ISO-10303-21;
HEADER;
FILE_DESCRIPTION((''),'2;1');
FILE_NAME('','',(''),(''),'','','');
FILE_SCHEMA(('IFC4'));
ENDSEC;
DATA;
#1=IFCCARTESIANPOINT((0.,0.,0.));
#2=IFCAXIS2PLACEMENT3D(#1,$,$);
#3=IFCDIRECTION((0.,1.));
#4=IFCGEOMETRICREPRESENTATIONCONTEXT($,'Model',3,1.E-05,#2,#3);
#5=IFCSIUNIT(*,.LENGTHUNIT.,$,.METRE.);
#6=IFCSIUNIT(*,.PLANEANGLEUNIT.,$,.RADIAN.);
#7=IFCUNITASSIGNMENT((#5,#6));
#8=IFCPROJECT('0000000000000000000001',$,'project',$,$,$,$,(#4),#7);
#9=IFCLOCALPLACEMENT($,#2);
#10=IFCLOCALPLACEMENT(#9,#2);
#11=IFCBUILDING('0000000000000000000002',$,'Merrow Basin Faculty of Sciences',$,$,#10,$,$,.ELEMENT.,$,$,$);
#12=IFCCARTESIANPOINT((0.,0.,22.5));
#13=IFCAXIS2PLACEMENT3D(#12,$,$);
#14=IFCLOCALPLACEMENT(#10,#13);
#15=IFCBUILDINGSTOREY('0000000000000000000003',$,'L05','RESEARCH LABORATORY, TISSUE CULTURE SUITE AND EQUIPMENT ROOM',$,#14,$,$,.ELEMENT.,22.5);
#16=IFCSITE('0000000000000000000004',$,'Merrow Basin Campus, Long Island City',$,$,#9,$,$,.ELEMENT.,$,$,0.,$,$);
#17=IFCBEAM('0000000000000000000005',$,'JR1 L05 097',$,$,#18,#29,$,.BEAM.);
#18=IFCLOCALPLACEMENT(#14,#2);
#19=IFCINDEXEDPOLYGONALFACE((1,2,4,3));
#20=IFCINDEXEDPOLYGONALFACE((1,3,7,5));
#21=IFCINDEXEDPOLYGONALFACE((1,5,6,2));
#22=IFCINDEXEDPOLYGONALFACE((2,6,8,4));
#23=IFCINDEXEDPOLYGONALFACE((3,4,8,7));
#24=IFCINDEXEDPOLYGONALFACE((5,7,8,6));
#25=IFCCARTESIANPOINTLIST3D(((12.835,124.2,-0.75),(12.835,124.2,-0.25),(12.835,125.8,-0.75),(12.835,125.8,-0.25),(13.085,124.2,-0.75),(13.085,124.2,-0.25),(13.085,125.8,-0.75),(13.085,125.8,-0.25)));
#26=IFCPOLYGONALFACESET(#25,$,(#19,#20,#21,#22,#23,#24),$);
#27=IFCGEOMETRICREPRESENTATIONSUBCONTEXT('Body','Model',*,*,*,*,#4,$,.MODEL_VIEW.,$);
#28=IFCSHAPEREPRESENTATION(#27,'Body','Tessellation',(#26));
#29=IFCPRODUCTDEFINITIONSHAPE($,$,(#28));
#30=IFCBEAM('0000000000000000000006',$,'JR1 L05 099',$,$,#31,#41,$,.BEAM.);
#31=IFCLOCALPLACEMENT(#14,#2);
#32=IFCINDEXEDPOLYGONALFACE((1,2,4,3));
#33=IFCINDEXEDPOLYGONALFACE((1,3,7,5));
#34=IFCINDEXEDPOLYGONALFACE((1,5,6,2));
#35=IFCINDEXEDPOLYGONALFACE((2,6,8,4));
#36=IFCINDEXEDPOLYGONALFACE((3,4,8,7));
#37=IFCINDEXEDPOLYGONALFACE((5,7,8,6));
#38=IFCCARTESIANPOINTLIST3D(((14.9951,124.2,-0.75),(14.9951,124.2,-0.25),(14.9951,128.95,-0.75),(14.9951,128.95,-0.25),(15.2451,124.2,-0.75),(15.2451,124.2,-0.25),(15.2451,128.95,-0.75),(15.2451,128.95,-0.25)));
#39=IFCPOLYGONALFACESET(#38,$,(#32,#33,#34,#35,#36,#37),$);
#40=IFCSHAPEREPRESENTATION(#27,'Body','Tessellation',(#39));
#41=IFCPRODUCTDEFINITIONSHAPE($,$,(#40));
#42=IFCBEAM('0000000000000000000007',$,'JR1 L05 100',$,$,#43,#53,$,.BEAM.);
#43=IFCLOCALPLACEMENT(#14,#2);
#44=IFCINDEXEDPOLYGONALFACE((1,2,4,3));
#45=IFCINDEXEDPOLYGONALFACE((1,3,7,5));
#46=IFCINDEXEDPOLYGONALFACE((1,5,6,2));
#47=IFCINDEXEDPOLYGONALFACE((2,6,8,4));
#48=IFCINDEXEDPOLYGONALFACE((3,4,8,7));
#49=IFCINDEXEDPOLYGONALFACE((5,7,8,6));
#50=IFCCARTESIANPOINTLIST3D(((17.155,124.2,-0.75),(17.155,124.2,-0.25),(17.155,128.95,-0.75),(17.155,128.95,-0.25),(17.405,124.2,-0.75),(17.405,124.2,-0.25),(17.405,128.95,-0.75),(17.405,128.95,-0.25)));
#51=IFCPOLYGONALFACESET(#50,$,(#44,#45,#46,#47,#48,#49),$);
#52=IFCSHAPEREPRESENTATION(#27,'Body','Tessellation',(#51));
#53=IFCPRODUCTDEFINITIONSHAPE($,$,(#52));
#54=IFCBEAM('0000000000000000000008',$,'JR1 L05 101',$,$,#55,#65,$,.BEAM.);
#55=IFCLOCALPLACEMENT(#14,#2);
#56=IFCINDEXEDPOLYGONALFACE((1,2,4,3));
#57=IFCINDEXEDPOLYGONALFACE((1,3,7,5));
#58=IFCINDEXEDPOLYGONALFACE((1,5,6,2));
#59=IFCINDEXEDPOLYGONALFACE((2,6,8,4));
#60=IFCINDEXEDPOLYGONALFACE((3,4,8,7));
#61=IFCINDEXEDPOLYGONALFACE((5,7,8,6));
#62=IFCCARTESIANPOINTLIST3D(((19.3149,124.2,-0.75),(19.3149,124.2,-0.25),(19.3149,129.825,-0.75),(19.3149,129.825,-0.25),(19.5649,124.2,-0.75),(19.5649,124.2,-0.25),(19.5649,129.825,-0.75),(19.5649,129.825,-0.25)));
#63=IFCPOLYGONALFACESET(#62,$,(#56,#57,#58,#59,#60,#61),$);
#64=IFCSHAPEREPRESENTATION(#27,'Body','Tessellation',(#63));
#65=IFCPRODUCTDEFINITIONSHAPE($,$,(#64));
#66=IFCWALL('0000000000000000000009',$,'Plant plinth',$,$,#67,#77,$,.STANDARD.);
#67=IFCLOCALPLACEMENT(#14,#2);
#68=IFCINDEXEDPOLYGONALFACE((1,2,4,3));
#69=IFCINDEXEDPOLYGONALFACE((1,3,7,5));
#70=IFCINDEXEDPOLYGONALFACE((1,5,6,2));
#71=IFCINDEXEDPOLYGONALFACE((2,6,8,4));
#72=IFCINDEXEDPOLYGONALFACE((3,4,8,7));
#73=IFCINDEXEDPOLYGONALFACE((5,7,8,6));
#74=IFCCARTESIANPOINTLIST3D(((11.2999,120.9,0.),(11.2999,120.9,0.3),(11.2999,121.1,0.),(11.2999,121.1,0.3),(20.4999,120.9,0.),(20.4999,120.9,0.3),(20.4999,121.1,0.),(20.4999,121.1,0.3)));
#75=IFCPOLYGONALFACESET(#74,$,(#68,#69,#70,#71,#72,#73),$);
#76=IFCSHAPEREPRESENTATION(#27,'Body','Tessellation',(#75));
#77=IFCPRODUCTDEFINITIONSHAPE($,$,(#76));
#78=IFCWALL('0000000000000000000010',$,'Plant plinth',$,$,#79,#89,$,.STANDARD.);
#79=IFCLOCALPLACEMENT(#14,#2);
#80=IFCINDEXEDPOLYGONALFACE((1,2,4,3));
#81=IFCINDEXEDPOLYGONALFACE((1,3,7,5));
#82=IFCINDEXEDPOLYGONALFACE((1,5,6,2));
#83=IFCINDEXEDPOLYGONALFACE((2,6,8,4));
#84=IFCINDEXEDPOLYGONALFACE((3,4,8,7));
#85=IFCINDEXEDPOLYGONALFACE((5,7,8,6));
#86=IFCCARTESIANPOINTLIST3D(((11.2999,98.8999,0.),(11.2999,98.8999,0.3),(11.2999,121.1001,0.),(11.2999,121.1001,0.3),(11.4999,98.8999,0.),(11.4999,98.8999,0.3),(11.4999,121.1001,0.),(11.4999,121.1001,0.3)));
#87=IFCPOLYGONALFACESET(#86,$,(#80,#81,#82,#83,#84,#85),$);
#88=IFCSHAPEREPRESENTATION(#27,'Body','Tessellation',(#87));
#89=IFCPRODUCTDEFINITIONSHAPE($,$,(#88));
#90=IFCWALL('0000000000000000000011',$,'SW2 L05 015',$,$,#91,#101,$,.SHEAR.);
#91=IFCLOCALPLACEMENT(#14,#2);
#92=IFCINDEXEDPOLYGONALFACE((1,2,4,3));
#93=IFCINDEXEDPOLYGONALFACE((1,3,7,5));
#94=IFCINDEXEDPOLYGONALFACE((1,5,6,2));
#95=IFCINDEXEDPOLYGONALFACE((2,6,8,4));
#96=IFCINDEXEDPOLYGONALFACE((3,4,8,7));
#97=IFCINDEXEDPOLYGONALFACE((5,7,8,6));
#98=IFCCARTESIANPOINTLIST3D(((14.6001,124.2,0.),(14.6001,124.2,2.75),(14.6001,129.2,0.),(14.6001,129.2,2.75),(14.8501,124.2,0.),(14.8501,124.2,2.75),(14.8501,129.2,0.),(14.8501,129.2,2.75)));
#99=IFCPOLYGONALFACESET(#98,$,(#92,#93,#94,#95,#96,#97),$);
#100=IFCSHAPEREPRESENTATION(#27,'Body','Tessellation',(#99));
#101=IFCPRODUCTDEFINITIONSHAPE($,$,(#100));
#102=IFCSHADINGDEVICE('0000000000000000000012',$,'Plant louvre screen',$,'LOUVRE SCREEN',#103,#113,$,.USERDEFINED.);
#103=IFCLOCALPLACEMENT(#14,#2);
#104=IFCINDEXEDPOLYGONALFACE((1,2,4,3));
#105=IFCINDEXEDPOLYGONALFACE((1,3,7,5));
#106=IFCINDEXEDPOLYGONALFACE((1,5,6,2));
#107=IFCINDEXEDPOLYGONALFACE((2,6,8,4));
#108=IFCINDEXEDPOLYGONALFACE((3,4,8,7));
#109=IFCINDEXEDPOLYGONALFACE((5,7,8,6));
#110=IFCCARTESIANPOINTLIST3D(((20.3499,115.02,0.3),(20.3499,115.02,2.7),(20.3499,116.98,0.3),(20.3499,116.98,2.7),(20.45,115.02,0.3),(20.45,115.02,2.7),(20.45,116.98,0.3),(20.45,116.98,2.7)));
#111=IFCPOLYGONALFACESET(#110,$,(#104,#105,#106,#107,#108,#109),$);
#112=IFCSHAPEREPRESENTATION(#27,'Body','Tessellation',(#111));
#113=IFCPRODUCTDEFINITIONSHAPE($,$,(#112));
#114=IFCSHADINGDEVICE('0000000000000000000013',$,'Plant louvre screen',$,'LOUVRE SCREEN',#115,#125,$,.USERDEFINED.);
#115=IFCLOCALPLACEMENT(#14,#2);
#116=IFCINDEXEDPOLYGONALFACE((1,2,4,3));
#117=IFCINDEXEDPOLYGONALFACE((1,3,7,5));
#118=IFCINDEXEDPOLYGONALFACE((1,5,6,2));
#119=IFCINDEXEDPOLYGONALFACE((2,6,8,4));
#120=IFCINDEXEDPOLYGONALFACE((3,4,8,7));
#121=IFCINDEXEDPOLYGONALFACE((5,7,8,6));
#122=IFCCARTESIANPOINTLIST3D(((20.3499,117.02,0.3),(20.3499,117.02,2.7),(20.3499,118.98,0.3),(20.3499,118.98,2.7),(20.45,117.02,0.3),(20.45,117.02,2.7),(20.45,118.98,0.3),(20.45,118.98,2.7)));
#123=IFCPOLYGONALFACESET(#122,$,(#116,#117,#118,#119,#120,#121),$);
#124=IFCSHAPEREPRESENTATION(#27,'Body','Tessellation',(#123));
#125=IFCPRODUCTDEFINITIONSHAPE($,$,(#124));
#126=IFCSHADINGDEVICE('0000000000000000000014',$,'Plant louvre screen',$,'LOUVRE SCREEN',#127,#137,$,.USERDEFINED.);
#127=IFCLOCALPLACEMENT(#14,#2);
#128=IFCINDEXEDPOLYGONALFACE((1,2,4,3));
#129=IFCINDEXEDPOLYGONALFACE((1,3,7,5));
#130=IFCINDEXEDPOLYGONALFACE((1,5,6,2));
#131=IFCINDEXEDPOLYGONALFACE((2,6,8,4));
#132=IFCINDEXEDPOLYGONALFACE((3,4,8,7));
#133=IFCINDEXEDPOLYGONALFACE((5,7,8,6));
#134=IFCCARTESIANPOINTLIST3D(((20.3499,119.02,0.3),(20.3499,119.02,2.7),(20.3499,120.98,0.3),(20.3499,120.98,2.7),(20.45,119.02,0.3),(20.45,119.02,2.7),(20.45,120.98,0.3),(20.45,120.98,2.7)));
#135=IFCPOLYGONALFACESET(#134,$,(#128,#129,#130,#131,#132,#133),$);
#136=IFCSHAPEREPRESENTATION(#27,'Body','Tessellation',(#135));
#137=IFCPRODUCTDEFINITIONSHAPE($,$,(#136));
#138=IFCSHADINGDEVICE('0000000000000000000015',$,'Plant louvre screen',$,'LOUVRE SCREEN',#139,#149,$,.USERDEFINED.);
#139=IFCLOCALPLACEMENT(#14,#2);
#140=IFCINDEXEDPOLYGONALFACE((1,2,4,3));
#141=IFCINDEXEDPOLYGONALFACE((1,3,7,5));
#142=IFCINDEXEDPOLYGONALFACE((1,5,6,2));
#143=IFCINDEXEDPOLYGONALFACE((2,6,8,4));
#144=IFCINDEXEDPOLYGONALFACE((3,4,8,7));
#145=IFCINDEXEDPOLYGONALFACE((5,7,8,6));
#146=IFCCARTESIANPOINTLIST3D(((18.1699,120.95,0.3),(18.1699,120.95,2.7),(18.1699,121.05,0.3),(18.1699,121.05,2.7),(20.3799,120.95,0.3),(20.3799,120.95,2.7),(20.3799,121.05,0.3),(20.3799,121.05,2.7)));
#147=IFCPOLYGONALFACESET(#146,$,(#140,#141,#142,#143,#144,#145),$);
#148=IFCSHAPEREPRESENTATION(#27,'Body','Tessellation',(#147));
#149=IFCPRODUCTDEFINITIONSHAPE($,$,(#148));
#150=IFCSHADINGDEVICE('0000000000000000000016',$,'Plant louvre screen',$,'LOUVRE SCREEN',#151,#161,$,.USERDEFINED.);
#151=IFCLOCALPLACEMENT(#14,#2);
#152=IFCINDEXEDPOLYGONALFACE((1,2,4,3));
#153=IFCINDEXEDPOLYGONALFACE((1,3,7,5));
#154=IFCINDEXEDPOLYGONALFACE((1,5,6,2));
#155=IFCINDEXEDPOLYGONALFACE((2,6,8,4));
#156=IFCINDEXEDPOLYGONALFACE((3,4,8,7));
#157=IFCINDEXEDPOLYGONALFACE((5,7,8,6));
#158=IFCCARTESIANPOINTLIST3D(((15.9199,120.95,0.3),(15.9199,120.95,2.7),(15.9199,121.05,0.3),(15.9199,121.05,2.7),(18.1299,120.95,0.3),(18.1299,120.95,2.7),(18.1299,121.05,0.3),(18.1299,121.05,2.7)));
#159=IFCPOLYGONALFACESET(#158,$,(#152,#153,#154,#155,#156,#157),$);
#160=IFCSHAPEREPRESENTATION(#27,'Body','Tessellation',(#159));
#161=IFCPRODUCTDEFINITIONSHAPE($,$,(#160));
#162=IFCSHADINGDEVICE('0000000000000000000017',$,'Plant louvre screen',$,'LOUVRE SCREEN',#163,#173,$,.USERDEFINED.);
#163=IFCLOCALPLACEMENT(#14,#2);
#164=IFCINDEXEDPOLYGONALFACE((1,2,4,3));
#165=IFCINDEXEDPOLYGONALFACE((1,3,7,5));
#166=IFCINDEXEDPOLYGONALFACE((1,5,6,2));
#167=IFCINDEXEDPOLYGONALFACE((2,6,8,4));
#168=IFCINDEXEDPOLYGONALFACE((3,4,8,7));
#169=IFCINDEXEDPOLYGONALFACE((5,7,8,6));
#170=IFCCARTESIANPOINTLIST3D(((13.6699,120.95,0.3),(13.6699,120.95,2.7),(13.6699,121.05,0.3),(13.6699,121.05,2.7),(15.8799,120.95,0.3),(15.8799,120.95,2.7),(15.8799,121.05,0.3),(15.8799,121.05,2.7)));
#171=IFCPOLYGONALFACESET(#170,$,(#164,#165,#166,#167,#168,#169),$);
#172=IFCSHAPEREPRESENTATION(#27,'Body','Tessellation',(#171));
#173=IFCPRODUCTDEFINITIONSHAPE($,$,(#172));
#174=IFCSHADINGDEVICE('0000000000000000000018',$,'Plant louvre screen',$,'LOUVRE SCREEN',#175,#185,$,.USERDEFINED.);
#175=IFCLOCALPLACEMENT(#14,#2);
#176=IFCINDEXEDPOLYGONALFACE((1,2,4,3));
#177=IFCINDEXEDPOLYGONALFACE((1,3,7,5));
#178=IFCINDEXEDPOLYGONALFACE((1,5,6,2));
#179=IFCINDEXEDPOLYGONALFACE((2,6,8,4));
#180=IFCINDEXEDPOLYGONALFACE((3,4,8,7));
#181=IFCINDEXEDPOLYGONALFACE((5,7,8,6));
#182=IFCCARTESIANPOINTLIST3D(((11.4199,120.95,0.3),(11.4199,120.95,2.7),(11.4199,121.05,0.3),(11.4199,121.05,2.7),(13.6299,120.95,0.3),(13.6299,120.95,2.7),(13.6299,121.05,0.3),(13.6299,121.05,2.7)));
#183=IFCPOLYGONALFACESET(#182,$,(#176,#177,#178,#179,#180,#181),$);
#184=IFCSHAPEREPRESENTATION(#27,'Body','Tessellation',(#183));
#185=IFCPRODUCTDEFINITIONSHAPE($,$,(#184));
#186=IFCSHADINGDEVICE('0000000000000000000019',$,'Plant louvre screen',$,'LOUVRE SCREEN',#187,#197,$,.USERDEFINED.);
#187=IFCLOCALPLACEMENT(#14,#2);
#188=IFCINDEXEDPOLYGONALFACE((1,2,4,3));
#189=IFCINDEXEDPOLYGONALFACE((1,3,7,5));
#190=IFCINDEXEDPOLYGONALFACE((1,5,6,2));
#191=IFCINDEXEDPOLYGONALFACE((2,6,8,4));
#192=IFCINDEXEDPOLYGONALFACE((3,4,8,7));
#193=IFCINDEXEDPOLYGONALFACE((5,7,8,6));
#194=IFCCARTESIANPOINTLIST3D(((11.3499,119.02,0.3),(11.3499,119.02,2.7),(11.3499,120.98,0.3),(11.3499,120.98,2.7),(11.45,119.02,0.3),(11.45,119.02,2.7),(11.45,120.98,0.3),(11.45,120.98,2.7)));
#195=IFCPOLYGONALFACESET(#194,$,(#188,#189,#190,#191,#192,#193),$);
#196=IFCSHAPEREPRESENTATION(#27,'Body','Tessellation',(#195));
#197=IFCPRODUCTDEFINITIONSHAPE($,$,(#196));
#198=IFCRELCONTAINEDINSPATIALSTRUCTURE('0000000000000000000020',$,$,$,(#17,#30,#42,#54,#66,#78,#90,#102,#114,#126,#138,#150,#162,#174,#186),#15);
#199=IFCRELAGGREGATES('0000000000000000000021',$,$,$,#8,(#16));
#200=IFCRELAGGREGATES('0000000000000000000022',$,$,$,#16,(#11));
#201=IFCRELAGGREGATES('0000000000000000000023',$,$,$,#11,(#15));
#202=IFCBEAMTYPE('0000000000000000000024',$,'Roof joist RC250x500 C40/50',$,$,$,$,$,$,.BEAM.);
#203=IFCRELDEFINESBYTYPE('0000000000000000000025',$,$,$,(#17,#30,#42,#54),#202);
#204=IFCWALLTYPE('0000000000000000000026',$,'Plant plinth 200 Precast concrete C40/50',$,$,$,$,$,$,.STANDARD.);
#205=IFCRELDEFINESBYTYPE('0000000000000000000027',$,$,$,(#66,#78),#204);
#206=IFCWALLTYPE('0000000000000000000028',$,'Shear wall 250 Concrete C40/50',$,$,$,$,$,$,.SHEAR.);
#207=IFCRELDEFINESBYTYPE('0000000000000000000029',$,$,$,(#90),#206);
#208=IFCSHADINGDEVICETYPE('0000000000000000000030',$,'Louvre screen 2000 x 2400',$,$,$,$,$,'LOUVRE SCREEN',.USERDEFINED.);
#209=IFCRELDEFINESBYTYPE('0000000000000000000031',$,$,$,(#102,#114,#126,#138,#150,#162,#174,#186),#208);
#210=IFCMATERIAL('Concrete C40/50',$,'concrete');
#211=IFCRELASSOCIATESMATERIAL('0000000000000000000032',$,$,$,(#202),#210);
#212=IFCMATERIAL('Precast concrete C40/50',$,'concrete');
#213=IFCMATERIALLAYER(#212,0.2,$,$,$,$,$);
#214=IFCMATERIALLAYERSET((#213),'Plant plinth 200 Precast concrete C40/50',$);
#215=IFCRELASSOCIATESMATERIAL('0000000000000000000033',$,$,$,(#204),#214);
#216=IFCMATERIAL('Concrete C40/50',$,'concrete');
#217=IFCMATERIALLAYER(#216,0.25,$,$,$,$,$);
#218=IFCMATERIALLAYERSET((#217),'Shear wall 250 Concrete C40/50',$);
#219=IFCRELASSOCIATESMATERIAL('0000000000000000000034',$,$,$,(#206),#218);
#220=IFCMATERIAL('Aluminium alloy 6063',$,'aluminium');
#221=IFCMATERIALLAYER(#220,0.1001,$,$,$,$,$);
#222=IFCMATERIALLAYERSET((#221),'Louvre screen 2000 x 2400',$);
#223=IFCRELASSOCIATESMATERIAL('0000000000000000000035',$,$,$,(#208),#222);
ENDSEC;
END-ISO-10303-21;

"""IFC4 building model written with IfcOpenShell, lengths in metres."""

from ifc_helpers import new_model, si_unit, direction, frame, frame_2d, origin, origin_2d, place, context, subcontext, project, spatial, rectangle, extrude, material, layer, layer_set, material_profile, profile_set, type_object, element, save


model = new_model("IFC4")

# Units and contexts
model_context = context("Model", 3, precision=1e-05, world=origin(), true_north=direction((0.0, 1.0)))
body_context = subcontext(model_context, "Body", "Model", "MODEL_VIEW")
ifc_project = project(units=[si_unit("LENGTHUNIT", "METRE"), si_unit("PLANEANGLEUNIT", "RADIAN")], contexts=[model_context])

# Site, building, storey
site_placement = place(None, origin())
site = spatial("IfcSite", under=ifc_project, at=site_placement, Name="Merrow Basin Campus, Long Island City", CompositionType="ELEMENT", RefElevation=0.0)
building_placement = place(site_placement, origin())
building = spatial("IfcBuilding", under=site, at=building_placement, Name="Merrow Basin Faculty of Sciences", CompositionType="ELEMENT")
storey_placement = place(building_placement, frame((0.0, 0.0, 22.5)))
storey = spatial("IfcBuildingStorey", under=building, at=storey_placement, Name="L05", Description="RESEARCH LABORATORY, TISSUE CULTURE SUITE AND EQUIPMENT ROOM", CompositionType="ELEMENT", Elevation=22.5)

# Beams
ifc_material_1 = material(Name="Concrete C40/50", Category="concrete")
ifc_material_profile = material_profile(ifc_material_1, rectangle(XDim=0.25, YDim=0.5, at=origin_2d()))
ifc_profile_set = profile_set([ifc_material_profile], Name="Concrete C40/50")
beam_type = type_object("IfcBeamType", Name="Roof joist RC250x500 C40/50", PredefinedType="BEAM", material=ifc_profile_set)
beam_1_placement = place(storey_placement, frame((12.96, 124.2, -0.5), z_axis=(0.0, 1.0, 0.0), x_axis=(-1.0, 0.0, 0.0)))
element("IfcBeam", 1, at=beam_1_placement, inside=storey, type_object=beam_type, Name="JR1 L05 097", PredefinedType="BEAM", context=body_context, shape_type="SweptSolid", body=[
    extrude(rectangle(XDim=0.25, YDim=0.5, at=origin_2d()), origin(), (0.0, 0.0, 1.0), 1.6001),
])
for number, where, z_axis, x_axis, name in (
    (2, (15.1201, 124.2, -0.5), (0.0, 1.0, 0.0), (-1.0, 0.0, 0.0), "JR1 L05 099"),
    (3, (17.28, 124.2, -0.5), (0.0, 1.0, 0.0), (-1.0, 0.0, 0.0), "JR1 L05 100"),
):
    element("IfcBeam", number, at=place(storey_placement, frame(where, z_axis=z_axis, x_axis=x_axis)), inside=storey, type_object=beam_type, Name=name, PredefinedType="BEAM", context=body_context, shape_type="SweptSolid", body=[
        extrude(rectangle(XDim=0.25, YDim=0.5, at=origin_2d()), origin(), (0.0, 0.0, 1.0), 4.75),
    ])
beam_2_placement = place(storey_placement, frame((19.4399, 124.2, -0.5), z_axis=(0.0, 1.0, 0.0), x_axis=(-1.0, 0.0, 0.0)))
element("IfcBeam", 4, at=beam_2_placement, inside=storey, type_object=beam_type, Name="JR1 L05 101", PredefinedType="BEAM", context=body_context, shape_type="SweptSolid", body=[
    extrude(rectangle(XDim=0.25, YDim=0.5, at=origin_2d()), origin(), (0.0, 0.0, 1.0), 5.625),
])

# Walls
ifc_material_2 = material(Name="Precast concrete C40/50", Category="concrete")
ifc_layer_1 = layer(ifc_material_2, 0.2)
ifc_layer_set_1 = layer_set([ifc_layer_1], Name="Plant plinth 200 Precast concrete C40/50")
wall_type_1 = type_object("IfcWallType", Name="Plant plinth 200 Precast concrete C40/50", PredefinedType="STANDARD", material=ifc_layer_set_1)
wall_1_placement = place(storey_placement, frame((20.5, 121.0, 0.0), z_axis=(0.0, 0.0, 1.0), x_axis=(-1.0, 0.0, 0.0)))
element("IfcWall", 5, at=wall_1_placement, inside=storey, type_object=wall_type_1, Name="Plant plinth", PredefinedType="STANDARD", context=body_context, shape_type="SweptSolid", body=[
    extrude(rectangle(XDim=9.2, YDim=0.2, at=frame_2d((4.6001, 0.0))), origin(), (0.0, 0.0, 1.0), 0.3),
])
wall_2_placement = place(storey_placement, frame((11.3999, 121.1001, 0.0), z_axis=(0.0, 0.0, 1.0), x_axis=(0.0, -1.0, 0.0)))
element("IfcWall", 6, at=wall_2_placement, inside=storey, type_object=wall_type_1, Name="Plant plinth", PredefinedType="STANDARD", context=body_context, shape_type="SweptSolid", body=[
    extrude(rectangle(XDim=22.2002, YDim=0.2, at=frame_2d((11.1001, 0.0))), origin(), (0.0, 0.0, 1.0), 0.3),
])
ifc_material_3 = material(Name="Concrete C40/50", Category="concrete")
ifc_layer_2 = layer(ifc_material_3, 0.25)
ifc_layer_set_2 = layer_set([ifc_layer_2], Name="Shear wall 250 Concrete C40/50")
wall_type_2 = type_object("IfcWallType", Name="Shear wall 250 Concrete C40/50", PredefinedType="SHEAR", material=ifc_layer_set_2)
wall_3_placement = place(storey_placement, frame((14.7251, 124.2, 0.0), z_axis=(0.0, 0.0, 1.0), x_axis=(0.0, 1.0, 0.0)))
element("IfcWall", 7, at=wall_3_placement, inside=storey, type_object=wall_type_2, Name="SW2 L05 015", PredefinedType="SHEAR", context=body_context, shape_type="SweptSolid", body=[
    extrude(rectangle(XDim=5.0, YDim=0.25, at=frame_2d((2.5, 0.0))), origin(), (0.0, 0.0, 1.0), 2.75),
])

# Shading devices
ifc_material_4 = material(Name="Aluminium alloy 6063", Category="aluminium")
ifc_layer_3 = layer(ifc_material_4, 0.1001)
ifc_layer_set_3 = layer_set([ifc_layer_3], Name="Louvre screen 2000 x 2400")
shading_device_type = type_object("IfcShadingDeviceType", Name="Louvre screen 2000 x 2400", ElementType="LOUVRE SCREEN", PredefinedType="USERDEFINED", material=ifc_layer_set_3)
for number, where, z_axis, x_axis, name in (
    (8, (20.3999, 116.0, 0.3), (0.0, 0.0, 1.0), (0.0, 1.0, 0.0), "Plant louvre screen"),
    (9, (20.3999, 118.0, 0.3), (0.0, 0.0, 1.0), (0.0, 1.0, 0.0), "Plant louvre screen"),
    (10, (20.3999, 120.0, 0.3), (0.0, 0.0, 1.0), (0.0, 1.0, 0.0), "Plant louvre screen"),
):
    element("IfcShadingDevice", number, at=place(storey_placement, frame(where, z_axis=z_axis, x_axis=x_axis)), inside=storey, type_object=shading_device_type, Name=name, ObjectType="LOUVRE SCREEN", PredefinedType="USERDEFINED", context=body_context, shape_type="SweptSolid", body=[
        extrude(rectangle(XDim=1.96, YDim=0.1001, at=origin_2d()), origin(), (0.0, 0.0, 1.0), 2.3999),
    ])
for number, where, z_axis, x_axis, name in (
    (11, (19.2749, 121.0, 0.3), (0.0, 0.0, 1.0), (1.0, 0.0, 0.0), "Plant louvre screen"),
    (12, (17.0249, 121.0, 0.3), (0.0, 0.0, 1.0), (1.0, 0.0, 0.0), "Plant louvre screen"),
    (13, (14.7749, 121.0, 0.3), (0.0, 0.0, 1.0), (1.0, 0.0, 0.0), "Plant louvre screen"),
    (14, (12.5249, 121.0, 0.3), (0.0, 0.0, 1.0), (1.0, 0.0, 0.0), "Plant louvre screen"),
):
    element("IfcShadingDevice", number, at=place(storey_placement, frame(where, z_axis=z_axis, x_axis=x_axis)), inside=storey, type_object=shading_device_type, Name=name, ObjectType="LOUVRE SCREEN", PredefinedType="USERDEFINED", context=body_context, shape_type="SweptSolid", body=[
        extrude(rectangle(XDim=2.21, YDim=0.1001, at=origin_2d()), origin(), (0.0, 0.0, 1.0), 2.3999),
    ])
shading_device_placement = place(storey_placement, frame((11.3999, 120.0, 0.3), z_axis=(0.0, 0.0, 1.0), x_axis=(0.0, 1.0, 0.0)))
element("IfcShadingDevice", 15, at=shading_device_placement, inside=storey, type_object=shading_device_type, Name="Plant louvre screen", ObjectType="LOUVRE SCREEN", PredefinedType="USERDEFINED", context=body_context, shape_type="SweptSolid", body=[
    extrude(rectangle(XDim=1.96, YDim=0.1001, at=origin_2d()), origin(), (0.0, 0.0, 1.0), 2.3999),
])

save(model, "model.ifc")
